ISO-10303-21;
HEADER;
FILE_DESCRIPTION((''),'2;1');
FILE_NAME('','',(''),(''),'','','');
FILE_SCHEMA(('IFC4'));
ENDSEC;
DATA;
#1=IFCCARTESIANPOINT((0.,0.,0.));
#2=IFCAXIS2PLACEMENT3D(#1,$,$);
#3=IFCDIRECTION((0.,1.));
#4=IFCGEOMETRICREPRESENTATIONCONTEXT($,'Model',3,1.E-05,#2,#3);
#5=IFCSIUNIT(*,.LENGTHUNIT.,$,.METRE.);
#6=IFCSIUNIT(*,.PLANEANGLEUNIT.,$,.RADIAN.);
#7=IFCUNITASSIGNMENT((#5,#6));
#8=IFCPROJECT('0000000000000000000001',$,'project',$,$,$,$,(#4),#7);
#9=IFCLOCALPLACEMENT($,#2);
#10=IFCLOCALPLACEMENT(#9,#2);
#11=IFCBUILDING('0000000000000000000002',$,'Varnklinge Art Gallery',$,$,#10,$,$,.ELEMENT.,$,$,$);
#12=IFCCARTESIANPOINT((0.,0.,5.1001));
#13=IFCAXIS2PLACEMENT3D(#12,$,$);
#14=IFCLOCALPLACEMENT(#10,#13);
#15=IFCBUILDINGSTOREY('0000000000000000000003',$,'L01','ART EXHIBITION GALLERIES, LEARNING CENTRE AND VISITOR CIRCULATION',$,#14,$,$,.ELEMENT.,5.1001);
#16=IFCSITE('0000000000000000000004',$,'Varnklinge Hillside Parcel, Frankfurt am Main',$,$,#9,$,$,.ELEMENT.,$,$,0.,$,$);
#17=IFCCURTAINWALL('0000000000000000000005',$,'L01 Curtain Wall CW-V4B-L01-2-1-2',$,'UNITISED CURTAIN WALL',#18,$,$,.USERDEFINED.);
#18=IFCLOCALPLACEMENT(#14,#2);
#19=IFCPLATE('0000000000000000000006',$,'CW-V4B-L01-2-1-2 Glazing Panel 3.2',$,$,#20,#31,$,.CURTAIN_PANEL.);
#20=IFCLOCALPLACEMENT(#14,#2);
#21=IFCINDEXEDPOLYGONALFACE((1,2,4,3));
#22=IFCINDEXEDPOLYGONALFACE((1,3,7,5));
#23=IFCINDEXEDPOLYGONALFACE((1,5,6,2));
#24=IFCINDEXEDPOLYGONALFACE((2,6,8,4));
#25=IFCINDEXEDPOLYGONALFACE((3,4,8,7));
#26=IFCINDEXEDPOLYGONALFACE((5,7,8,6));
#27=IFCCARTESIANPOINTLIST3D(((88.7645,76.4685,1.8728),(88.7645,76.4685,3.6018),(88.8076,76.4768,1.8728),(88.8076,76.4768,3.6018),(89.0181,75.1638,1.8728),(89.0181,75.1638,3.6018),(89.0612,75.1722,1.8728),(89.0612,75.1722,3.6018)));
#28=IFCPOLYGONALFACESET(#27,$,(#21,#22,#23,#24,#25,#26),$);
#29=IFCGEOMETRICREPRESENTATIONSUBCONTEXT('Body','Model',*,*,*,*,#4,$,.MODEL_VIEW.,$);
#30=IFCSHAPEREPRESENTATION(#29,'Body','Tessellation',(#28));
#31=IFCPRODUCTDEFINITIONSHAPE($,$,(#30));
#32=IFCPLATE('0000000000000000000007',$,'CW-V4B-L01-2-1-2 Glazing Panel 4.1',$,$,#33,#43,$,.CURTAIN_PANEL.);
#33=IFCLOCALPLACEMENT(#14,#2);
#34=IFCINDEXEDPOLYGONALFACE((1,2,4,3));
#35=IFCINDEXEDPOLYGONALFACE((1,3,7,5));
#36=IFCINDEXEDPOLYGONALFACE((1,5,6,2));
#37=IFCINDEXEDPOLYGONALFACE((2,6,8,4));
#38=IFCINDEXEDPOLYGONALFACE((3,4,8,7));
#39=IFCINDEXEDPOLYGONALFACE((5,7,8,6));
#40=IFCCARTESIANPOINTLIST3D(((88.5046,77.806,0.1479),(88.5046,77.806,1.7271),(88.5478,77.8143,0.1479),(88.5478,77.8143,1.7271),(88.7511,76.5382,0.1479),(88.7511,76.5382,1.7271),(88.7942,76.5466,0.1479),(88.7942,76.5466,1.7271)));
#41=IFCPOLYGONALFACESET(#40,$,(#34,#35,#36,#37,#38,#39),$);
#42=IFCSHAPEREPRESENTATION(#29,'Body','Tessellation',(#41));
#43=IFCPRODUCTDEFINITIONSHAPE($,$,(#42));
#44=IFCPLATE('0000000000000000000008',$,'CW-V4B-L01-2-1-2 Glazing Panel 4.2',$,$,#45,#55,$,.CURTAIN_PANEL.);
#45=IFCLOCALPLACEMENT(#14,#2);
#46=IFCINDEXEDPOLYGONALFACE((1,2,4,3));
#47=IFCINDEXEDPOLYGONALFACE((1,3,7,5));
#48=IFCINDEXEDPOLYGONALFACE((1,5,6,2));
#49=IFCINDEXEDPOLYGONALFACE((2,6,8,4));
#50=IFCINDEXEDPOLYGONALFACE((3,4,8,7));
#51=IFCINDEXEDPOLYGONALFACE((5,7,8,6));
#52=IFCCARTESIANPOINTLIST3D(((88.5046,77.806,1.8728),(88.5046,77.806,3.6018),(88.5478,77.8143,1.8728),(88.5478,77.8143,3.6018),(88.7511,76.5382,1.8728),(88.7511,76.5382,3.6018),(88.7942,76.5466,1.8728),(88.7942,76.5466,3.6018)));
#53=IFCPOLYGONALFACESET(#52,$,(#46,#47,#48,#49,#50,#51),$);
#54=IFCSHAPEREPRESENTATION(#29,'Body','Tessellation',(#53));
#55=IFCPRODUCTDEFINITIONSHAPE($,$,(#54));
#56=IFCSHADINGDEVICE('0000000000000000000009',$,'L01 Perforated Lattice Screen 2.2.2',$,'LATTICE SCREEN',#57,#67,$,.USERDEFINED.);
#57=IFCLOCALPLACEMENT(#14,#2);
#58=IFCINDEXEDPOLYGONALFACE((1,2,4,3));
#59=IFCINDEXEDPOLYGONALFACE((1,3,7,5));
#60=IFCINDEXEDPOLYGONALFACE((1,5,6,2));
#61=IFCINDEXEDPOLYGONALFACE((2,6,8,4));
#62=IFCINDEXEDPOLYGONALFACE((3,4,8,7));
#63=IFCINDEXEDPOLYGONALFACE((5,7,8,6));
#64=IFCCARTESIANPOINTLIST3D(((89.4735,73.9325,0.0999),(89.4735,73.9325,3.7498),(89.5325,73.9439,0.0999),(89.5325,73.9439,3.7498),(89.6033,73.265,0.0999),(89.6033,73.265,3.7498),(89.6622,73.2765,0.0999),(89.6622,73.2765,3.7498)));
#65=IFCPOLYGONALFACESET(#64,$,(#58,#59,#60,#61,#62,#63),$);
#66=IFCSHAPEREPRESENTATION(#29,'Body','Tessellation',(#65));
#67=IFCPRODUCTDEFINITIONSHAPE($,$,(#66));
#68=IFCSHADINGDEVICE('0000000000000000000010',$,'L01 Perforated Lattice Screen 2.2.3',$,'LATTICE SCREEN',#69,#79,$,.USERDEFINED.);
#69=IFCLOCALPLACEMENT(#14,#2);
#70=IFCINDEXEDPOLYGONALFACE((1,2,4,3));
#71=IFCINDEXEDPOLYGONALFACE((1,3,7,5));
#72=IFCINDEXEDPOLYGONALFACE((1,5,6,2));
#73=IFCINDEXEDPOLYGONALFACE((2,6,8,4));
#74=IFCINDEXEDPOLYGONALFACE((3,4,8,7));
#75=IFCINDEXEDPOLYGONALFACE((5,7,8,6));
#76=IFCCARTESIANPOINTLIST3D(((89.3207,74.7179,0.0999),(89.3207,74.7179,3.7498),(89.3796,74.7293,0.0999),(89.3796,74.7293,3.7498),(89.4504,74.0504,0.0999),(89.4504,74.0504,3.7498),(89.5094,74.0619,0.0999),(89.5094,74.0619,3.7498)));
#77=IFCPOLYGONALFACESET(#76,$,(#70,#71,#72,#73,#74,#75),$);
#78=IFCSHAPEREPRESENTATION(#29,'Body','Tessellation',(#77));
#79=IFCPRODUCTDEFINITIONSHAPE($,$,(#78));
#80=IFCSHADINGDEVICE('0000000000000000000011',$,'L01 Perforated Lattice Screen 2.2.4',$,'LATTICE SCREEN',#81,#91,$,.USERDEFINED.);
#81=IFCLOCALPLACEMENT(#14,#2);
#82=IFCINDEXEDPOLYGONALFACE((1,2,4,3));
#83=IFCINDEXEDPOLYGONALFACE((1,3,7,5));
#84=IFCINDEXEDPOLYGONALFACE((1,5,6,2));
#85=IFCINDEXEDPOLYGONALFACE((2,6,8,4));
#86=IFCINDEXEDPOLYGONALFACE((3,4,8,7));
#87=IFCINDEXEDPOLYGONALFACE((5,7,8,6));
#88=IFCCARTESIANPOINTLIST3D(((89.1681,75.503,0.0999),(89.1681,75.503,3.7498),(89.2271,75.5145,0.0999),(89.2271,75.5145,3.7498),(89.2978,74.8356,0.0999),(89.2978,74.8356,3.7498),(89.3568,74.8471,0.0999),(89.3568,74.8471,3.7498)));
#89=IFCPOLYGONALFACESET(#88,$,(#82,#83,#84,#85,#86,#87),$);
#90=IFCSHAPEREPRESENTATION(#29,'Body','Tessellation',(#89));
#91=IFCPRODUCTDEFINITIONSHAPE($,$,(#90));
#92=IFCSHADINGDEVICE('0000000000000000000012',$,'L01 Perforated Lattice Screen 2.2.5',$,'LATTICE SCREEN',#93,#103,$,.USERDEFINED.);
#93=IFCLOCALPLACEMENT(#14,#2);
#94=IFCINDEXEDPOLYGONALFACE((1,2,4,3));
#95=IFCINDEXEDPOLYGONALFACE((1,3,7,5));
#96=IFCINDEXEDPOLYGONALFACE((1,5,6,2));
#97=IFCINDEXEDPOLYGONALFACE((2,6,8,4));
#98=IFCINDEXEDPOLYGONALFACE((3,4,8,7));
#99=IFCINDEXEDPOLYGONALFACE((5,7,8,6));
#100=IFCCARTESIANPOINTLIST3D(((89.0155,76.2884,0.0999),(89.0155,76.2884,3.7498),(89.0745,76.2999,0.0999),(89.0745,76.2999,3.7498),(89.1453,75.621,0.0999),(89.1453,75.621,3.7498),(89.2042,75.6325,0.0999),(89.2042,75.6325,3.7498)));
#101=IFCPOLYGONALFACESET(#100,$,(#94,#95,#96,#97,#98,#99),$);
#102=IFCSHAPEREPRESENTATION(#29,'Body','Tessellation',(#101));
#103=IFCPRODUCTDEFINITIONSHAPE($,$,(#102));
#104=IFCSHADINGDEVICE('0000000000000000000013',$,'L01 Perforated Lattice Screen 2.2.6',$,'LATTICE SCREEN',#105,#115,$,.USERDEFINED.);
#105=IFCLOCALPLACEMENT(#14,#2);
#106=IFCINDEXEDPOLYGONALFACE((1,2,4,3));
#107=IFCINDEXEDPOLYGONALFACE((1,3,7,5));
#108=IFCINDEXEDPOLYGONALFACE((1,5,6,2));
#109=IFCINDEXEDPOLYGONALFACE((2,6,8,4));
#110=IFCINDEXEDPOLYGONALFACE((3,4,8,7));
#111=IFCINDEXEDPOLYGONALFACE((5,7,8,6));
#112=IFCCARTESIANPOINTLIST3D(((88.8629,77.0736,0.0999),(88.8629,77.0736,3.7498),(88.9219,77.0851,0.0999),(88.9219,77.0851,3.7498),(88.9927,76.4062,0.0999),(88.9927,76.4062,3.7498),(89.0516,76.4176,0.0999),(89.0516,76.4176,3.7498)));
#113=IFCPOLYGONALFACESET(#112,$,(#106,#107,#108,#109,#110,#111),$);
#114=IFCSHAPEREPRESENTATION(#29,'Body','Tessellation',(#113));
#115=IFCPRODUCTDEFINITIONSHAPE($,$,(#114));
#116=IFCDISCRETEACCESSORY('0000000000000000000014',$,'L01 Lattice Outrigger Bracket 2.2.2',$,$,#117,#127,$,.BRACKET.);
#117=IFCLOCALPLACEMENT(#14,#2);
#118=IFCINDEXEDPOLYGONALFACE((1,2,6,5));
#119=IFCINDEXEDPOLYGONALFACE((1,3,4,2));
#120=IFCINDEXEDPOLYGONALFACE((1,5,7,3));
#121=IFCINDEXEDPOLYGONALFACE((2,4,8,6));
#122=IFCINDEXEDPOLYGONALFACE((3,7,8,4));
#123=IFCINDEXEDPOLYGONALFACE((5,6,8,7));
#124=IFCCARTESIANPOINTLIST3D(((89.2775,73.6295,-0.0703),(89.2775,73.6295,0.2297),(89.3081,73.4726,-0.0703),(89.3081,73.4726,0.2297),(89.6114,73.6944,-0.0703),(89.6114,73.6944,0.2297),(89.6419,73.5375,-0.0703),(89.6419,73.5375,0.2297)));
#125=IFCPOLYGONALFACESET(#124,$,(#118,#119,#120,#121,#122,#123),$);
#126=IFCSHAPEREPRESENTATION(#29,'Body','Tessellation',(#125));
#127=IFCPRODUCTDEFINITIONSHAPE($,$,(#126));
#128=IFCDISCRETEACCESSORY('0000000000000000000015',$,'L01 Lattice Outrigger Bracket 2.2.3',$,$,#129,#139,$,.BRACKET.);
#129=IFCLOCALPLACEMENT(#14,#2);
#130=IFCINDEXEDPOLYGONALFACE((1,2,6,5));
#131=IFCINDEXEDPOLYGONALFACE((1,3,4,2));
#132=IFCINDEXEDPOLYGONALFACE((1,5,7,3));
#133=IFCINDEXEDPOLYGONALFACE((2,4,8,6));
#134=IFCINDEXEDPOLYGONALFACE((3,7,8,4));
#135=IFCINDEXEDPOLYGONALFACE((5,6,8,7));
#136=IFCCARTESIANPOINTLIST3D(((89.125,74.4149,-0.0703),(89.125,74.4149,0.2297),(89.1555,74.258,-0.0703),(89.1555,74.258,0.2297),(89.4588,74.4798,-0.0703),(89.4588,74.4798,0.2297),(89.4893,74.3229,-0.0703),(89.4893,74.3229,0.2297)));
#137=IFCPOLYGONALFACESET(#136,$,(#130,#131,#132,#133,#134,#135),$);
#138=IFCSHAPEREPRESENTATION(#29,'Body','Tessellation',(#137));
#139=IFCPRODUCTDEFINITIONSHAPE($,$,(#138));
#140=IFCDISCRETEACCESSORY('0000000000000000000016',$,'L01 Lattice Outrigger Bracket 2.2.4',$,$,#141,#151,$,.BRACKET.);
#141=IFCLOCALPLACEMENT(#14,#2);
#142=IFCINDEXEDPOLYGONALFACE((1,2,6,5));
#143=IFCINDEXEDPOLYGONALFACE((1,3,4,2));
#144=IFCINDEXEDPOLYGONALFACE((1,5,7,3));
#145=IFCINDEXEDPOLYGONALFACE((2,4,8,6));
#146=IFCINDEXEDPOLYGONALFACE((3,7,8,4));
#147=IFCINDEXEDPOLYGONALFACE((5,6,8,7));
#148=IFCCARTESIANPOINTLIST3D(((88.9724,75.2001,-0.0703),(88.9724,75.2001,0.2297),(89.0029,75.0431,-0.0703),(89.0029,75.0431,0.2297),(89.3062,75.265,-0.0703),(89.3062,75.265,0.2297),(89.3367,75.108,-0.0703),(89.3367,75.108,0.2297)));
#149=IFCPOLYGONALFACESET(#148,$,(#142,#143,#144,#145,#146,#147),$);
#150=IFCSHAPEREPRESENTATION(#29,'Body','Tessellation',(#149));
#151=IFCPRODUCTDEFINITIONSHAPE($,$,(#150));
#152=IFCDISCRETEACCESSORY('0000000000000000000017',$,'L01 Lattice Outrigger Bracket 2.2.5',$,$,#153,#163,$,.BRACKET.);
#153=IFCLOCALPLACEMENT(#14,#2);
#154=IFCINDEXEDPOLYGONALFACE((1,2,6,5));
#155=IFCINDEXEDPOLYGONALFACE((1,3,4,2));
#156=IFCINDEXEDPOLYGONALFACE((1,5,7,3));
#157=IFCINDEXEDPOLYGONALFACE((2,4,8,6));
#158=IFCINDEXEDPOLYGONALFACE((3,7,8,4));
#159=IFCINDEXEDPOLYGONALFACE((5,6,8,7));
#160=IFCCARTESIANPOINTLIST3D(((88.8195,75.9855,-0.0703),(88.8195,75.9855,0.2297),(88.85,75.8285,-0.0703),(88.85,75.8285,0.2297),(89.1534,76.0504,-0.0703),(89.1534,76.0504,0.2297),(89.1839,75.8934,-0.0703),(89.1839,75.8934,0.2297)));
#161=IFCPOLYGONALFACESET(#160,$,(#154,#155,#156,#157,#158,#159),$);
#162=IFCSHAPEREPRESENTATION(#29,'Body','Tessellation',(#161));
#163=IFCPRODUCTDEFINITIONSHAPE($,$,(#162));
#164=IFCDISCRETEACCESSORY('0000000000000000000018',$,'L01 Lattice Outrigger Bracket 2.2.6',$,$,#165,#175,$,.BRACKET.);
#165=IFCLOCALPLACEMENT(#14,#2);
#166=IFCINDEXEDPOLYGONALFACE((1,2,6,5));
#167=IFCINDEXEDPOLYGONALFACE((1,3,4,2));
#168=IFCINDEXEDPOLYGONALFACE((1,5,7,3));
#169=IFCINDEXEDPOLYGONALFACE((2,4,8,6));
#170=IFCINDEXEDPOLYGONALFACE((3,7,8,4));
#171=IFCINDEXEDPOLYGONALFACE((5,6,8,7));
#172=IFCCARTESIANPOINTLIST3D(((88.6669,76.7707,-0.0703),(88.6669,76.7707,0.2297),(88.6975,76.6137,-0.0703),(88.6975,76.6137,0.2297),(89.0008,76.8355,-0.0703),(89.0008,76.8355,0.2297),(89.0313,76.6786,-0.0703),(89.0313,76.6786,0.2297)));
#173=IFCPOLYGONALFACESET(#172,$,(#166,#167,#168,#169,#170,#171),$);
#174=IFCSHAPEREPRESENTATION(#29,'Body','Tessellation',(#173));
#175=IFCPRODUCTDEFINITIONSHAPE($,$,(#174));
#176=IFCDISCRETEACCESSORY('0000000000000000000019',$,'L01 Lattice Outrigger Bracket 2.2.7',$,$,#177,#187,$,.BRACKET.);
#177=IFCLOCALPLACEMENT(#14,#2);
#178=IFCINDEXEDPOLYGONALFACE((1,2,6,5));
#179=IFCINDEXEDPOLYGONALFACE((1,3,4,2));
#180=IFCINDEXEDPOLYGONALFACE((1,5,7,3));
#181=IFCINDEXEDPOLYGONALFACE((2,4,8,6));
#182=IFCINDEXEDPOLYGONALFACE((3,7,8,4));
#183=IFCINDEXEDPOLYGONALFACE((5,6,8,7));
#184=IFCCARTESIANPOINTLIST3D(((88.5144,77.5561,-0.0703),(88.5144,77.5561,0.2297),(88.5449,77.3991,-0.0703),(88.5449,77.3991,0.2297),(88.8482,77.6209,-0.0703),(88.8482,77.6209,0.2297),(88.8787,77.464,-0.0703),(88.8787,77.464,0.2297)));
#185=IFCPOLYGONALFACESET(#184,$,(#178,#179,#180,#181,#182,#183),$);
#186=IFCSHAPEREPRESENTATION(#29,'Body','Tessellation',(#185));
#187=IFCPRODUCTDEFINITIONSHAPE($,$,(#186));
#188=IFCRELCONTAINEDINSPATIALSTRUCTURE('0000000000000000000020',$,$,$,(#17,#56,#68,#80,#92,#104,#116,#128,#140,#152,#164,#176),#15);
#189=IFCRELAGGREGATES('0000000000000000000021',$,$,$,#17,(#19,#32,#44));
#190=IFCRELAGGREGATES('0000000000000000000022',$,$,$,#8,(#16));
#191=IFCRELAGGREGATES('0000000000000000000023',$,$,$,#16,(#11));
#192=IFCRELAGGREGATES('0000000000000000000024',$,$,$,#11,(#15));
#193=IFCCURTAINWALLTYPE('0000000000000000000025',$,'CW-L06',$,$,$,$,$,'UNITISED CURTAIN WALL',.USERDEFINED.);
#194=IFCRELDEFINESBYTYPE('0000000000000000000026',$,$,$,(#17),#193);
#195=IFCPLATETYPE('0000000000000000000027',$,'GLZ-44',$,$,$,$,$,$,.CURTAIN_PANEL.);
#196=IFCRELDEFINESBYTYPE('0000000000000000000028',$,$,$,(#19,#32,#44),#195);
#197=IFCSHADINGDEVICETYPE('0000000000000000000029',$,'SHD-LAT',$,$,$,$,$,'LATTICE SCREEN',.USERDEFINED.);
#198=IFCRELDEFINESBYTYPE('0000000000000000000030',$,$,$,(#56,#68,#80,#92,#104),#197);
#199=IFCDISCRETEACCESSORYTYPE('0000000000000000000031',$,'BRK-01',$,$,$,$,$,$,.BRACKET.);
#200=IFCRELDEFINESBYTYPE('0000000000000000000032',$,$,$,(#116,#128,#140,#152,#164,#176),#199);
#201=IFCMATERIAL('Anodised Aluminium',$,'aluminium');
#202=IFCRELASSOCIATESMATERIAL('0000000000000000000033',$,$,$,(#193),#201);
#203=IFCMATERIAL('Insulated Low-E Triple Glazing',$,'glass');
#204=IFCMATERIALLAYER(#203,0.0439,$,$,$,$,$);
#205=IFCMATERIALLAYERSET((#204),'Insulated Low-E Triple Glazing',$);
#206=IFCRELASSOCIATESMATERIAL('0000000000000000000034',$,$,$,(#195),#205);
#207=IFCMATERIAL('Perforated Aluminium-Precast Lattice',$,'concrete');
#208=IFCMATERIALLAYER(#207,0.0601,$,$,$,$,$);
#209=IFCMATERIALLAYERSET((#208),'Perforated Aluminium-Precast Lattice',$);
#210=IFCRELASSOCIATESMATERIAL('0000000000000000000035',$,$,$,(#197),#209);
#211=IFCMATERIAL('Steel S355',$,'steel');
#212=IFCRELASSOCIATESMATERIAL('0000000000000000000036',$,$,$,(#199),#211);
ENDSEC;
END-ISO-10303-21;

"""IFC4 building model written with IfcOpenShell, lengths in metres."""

from ifc_helpers import new_model, si_unit, direction, frame, origin, origin_2d, place, context, subcontext, project, spatial, rectangle, extrude, material, layer, layer_set, type_object, element, aggregate, save


model = new_model("IFC4")

# Units and contexts
model_context = context("Model", 3, precision=1e-05, world=origin(), true_north=direction((0.0, 1.0)))
body_context = subcontext(model_context, "Body", "Model", "MODEL_VIEW")
ifc_project = project(units=[si_unit("LENGTHUNIT", "METRE"), si_unit("PLANEANGLEUNIT", "RADIAN")], contexts=[model_context])

# Site, building, storey
site_placement = place(None, origin())
site = spatial("IfcSite", under=ifc_project, at=site_placement, Name="Varnklinge Hillside Parcel, Frankfurt am Main", CompositionType="ELEMENT", RefElevation=0.0)
building_placement = place(site_placement, origin())
building = spatial("IfcBuilding", under=site, at=building_placement, Name="Varnklinge Art Gallery", CompositionType="ELEMENT")
storey_placement = place(building_placement, frame((0.0, 0.0, 5.1001)))
storey = spatial("IfcBuildingStorey", under=building, at=storey_placement, Name="L01", Description="ART EXHIBITION GALLERIES, LEARNING CENTRE AND VISITOR CIRCULATION", CompositionType="ELEMENT", Elevation=5.1001)

# Curtain wall
ifc_material_1 = material(Name="Anodised Aluminium", Category="aluminium")
curtain_wall_type = type_object("IfcCurtainWallType", Name="CW-L06", ElementType="UNITISED CURTAIN WALL", PredefinedType="USERDEFINED", material=ifc_material_1)
curtain_wall_placement = place(storey_placement, origin())
curtain_wall = element("IfcCurtainWall", 1, at=curtain_wall_placement, inside=storey, type_object=curtain_wall_type, Name="L01 Curtain Wall CW-V4B-L01-2-1-2", ObjectType="UNITISED CURTAIN WALL", PredefinedType="USERDEFINED")

# Plates
ifc_material_2 = material(Name="Insulated Low-E Triple Glazing", Category="glass")
ifc_layer_1 = layer(ifc_material_2, 0.0439)
ifc_layer_set_1 = layer_set([ifc_layer_1], Name="Insulated Low-E Triple Glazing")
plate_type = type_object("IfcPlateType", Name="GLZ-44", PredefinedType="CURTAIN_PANEL", material=ifc_layer_set_1)
plate_1_placement = place(storey_placement, frame((88.9128, 75.8203, 1.8728), z_axis=(0.0, 0.0, 1.0), x_axis=(-0.190809, 0.981627, 0.0)))
plate_1 = element("IfcPlate", 2, at=plate_1_placement, type_object=plate_type, Name="CW-V4B-L01-2-1-2 Glazing Panel 3.2", PredefinedType="CURTAIN_PANEL", context=body_context, shape_type="SweptSolid", body=[
    extrude(rectangle(XDim=1.3291, YDim=0.0439, at=origin_2d()), origin(), (0.0, 0.0, 1.0), 1.729),
])
plate_2_placement = place(storey_placement, frame((88.6494, 77.1763, 0.1479), z_axis=(0.0, 0.0, 1.0), x_axis=(-0.190809, 0.981627, 0.0)))
plate_2 = element("IfcPlate", 3, at=plate_2_placement, type_object=plate_type, Name="CW-V4B-L01-2-1-2 Glazing Panel 4.1", PredefinedType="CURTAIN_PANEL", context=body_context, shape_type="SweptSolid", body=[
    extrude(rectangle(XDim=1.2915, YDim=0.0439, at=origin_2d()), origin(), (0.0, 0.0, 1.0), 1.5791),
])
plate_3_placement = place(storey_placement, frame((88.6494, 77.1763, 1.8728), z_axis=(0.0, 0.0, 1.0), x_axis=(-0.190809, 0.981627, 0.0)))
plate_3 = element("IfcPlate", 4, at=plate_3_placement, type_object=plate_type, Name="CW-V4B-L01-2-1-2 Glazing Panel 4.2", PredefinedType="CURTAIN_PANEL", context=body_context, shape_type="SweptSolid", body=[
    extrude(rectangle(XDim=1.2915, YDim=0.0439, at=origin_2d()), origin(), (0.0, 0.0, 1.0), 1.729),
])
aggregate(curtain_wall, [plate_1, plate_2, plate_3])

# Shading devices
ifc_material_3 = material(Name="Perforated Aluminium-Precast Lattice", Category="concrete")
ifc_layer_2 = layer(ifc_material_3, 0.0601)
ifc_layer_set_2 = layer_set([ifc_layer_2], Name="Perforated Aluminium-Precast Lattice")
shading_device_type = type_object("IfcShadingDeviceType", Name="SHD-LAT", ElementType="LATTICE SCREEN", PredefinedType="USERDEFINED", material=ifc_layer_set_2)
for number, where, z_axis, x_axis, name in (
    (5, (89.5679, 73.6045, 0.0999), (0.0, 0.0, 1.0), (-0.190809, 0.981627, 0.0), "L01 Perforated Lattice Screen 2.2.2"),
    (6, (89.415, 74.3899, 0.0999), (0.0, 0.0, 1.0), (-0.190809, 0.981627, 0.0), "L01 Perforated Lattice Screen 2.2.3"),
    (7, (89.2625, 75.175, 0.0999), (0.0, 0.0, 1.0), (-0.190809, 0.981627, 0.0), "L01 Perforated Lattice Screen 2.2.4"),
    (8, (89.1099, 75.9604, 0.0999), (0.0, 0.0, 1.0), (-0.190809, 0.981627, 0.0), "L01 Perforated Lattice Screen 2.2.5"),
    (9, (88.9573, 76.7456, 0.0999), (0.0, 0.0, 1.0), (-0.190809, 0.981627, 0.0), "L01 Perforated Lattice Screen 2.2.6"),
):
    element("IfcShadingDevice", number, at=place(storey_placement, frame(where, z_axis=z_axis, x_axis=x_axis)), inside=storey, type_object=shading_device_type, Name=name, ObjectType="LATTICE SCREEN", PredefinedType="USERDEFINED", context=body_context, shape_type="SweptSolid", body=[
        extrude(rectangle(XDim=0.6799, YDim=0.0601, at=origin_2d()), origin(), (0.0, 0.0, 1.0), 3.6499),
    ])

# Discrete accessories
ifc_material_4 = material(Name="Steel S355", Category="steel")
discrete_accessory_type = type_object("IfcDiscreteAccessoryType", Name="BRK-01", PredefinedType="BRACKET", material=ifc_material_4)
for number, where, z_axis, x_axis, name in (
    (10, (89.4597, 73.5835, -0.0703), (0.0, 0.0, 1.0), (-0.190809, 0.981627, 0.0), "L01 Lattice Outrigger Bracket 2.2.2"),
    (11, (89.3071, 74.3689, -0.0703), (0.0, 0.0, 1.0), (-0.190809, 0.981627, 0.0), "L01 Lattice Outrigger Bracket 2.2.3"),
    (12, (89.1545, 75.1541, -0.0703), (0.0, 0.0, 1.0), (-0.190809, 0.981627, 0.0), "L01 Lattice Outrigger Bracket 2.2.4"),
    (13, (89.0017, 75.9395, -0.0703), (0.0, 0.0, 1.0), (-0.190809, 0.981627, 0.0), "L01 Lattice Outrigger Bracket 2.2.5"),
    (14, (88.8491, 76.7246, -0.0703), (0.0, 0.0, 1.0), (-0.190809, 0.981627, 0.0), "L01 Lattice Outrigger Bracket 2.2.6"),
    (15, (88.6965, 77.51, -0.0703), (0.0, 0.0, 1.0), (-0.190809, 0.981627, 0.0), "L01 Lattice Outrigger Bracket 2.2.7"),
):
    element("IfcDiscreteAccessory", number, at=place(storey_placement, frame(where, z_axis=z_axis, x_axis=x_axis)), inside=storey, type_object=discrete_accessory_type, Name=name, PredefinedType="BRACKET", context=body_context, shape_type="SweptSolid", body=[
        extrude(rectangle(XDim=0.1599, YDim=0.3401, at=origin_2d()), origin(), (0.0, 0.0, 1.0), 0.3),
    ])

save(model, "model.ifc")
